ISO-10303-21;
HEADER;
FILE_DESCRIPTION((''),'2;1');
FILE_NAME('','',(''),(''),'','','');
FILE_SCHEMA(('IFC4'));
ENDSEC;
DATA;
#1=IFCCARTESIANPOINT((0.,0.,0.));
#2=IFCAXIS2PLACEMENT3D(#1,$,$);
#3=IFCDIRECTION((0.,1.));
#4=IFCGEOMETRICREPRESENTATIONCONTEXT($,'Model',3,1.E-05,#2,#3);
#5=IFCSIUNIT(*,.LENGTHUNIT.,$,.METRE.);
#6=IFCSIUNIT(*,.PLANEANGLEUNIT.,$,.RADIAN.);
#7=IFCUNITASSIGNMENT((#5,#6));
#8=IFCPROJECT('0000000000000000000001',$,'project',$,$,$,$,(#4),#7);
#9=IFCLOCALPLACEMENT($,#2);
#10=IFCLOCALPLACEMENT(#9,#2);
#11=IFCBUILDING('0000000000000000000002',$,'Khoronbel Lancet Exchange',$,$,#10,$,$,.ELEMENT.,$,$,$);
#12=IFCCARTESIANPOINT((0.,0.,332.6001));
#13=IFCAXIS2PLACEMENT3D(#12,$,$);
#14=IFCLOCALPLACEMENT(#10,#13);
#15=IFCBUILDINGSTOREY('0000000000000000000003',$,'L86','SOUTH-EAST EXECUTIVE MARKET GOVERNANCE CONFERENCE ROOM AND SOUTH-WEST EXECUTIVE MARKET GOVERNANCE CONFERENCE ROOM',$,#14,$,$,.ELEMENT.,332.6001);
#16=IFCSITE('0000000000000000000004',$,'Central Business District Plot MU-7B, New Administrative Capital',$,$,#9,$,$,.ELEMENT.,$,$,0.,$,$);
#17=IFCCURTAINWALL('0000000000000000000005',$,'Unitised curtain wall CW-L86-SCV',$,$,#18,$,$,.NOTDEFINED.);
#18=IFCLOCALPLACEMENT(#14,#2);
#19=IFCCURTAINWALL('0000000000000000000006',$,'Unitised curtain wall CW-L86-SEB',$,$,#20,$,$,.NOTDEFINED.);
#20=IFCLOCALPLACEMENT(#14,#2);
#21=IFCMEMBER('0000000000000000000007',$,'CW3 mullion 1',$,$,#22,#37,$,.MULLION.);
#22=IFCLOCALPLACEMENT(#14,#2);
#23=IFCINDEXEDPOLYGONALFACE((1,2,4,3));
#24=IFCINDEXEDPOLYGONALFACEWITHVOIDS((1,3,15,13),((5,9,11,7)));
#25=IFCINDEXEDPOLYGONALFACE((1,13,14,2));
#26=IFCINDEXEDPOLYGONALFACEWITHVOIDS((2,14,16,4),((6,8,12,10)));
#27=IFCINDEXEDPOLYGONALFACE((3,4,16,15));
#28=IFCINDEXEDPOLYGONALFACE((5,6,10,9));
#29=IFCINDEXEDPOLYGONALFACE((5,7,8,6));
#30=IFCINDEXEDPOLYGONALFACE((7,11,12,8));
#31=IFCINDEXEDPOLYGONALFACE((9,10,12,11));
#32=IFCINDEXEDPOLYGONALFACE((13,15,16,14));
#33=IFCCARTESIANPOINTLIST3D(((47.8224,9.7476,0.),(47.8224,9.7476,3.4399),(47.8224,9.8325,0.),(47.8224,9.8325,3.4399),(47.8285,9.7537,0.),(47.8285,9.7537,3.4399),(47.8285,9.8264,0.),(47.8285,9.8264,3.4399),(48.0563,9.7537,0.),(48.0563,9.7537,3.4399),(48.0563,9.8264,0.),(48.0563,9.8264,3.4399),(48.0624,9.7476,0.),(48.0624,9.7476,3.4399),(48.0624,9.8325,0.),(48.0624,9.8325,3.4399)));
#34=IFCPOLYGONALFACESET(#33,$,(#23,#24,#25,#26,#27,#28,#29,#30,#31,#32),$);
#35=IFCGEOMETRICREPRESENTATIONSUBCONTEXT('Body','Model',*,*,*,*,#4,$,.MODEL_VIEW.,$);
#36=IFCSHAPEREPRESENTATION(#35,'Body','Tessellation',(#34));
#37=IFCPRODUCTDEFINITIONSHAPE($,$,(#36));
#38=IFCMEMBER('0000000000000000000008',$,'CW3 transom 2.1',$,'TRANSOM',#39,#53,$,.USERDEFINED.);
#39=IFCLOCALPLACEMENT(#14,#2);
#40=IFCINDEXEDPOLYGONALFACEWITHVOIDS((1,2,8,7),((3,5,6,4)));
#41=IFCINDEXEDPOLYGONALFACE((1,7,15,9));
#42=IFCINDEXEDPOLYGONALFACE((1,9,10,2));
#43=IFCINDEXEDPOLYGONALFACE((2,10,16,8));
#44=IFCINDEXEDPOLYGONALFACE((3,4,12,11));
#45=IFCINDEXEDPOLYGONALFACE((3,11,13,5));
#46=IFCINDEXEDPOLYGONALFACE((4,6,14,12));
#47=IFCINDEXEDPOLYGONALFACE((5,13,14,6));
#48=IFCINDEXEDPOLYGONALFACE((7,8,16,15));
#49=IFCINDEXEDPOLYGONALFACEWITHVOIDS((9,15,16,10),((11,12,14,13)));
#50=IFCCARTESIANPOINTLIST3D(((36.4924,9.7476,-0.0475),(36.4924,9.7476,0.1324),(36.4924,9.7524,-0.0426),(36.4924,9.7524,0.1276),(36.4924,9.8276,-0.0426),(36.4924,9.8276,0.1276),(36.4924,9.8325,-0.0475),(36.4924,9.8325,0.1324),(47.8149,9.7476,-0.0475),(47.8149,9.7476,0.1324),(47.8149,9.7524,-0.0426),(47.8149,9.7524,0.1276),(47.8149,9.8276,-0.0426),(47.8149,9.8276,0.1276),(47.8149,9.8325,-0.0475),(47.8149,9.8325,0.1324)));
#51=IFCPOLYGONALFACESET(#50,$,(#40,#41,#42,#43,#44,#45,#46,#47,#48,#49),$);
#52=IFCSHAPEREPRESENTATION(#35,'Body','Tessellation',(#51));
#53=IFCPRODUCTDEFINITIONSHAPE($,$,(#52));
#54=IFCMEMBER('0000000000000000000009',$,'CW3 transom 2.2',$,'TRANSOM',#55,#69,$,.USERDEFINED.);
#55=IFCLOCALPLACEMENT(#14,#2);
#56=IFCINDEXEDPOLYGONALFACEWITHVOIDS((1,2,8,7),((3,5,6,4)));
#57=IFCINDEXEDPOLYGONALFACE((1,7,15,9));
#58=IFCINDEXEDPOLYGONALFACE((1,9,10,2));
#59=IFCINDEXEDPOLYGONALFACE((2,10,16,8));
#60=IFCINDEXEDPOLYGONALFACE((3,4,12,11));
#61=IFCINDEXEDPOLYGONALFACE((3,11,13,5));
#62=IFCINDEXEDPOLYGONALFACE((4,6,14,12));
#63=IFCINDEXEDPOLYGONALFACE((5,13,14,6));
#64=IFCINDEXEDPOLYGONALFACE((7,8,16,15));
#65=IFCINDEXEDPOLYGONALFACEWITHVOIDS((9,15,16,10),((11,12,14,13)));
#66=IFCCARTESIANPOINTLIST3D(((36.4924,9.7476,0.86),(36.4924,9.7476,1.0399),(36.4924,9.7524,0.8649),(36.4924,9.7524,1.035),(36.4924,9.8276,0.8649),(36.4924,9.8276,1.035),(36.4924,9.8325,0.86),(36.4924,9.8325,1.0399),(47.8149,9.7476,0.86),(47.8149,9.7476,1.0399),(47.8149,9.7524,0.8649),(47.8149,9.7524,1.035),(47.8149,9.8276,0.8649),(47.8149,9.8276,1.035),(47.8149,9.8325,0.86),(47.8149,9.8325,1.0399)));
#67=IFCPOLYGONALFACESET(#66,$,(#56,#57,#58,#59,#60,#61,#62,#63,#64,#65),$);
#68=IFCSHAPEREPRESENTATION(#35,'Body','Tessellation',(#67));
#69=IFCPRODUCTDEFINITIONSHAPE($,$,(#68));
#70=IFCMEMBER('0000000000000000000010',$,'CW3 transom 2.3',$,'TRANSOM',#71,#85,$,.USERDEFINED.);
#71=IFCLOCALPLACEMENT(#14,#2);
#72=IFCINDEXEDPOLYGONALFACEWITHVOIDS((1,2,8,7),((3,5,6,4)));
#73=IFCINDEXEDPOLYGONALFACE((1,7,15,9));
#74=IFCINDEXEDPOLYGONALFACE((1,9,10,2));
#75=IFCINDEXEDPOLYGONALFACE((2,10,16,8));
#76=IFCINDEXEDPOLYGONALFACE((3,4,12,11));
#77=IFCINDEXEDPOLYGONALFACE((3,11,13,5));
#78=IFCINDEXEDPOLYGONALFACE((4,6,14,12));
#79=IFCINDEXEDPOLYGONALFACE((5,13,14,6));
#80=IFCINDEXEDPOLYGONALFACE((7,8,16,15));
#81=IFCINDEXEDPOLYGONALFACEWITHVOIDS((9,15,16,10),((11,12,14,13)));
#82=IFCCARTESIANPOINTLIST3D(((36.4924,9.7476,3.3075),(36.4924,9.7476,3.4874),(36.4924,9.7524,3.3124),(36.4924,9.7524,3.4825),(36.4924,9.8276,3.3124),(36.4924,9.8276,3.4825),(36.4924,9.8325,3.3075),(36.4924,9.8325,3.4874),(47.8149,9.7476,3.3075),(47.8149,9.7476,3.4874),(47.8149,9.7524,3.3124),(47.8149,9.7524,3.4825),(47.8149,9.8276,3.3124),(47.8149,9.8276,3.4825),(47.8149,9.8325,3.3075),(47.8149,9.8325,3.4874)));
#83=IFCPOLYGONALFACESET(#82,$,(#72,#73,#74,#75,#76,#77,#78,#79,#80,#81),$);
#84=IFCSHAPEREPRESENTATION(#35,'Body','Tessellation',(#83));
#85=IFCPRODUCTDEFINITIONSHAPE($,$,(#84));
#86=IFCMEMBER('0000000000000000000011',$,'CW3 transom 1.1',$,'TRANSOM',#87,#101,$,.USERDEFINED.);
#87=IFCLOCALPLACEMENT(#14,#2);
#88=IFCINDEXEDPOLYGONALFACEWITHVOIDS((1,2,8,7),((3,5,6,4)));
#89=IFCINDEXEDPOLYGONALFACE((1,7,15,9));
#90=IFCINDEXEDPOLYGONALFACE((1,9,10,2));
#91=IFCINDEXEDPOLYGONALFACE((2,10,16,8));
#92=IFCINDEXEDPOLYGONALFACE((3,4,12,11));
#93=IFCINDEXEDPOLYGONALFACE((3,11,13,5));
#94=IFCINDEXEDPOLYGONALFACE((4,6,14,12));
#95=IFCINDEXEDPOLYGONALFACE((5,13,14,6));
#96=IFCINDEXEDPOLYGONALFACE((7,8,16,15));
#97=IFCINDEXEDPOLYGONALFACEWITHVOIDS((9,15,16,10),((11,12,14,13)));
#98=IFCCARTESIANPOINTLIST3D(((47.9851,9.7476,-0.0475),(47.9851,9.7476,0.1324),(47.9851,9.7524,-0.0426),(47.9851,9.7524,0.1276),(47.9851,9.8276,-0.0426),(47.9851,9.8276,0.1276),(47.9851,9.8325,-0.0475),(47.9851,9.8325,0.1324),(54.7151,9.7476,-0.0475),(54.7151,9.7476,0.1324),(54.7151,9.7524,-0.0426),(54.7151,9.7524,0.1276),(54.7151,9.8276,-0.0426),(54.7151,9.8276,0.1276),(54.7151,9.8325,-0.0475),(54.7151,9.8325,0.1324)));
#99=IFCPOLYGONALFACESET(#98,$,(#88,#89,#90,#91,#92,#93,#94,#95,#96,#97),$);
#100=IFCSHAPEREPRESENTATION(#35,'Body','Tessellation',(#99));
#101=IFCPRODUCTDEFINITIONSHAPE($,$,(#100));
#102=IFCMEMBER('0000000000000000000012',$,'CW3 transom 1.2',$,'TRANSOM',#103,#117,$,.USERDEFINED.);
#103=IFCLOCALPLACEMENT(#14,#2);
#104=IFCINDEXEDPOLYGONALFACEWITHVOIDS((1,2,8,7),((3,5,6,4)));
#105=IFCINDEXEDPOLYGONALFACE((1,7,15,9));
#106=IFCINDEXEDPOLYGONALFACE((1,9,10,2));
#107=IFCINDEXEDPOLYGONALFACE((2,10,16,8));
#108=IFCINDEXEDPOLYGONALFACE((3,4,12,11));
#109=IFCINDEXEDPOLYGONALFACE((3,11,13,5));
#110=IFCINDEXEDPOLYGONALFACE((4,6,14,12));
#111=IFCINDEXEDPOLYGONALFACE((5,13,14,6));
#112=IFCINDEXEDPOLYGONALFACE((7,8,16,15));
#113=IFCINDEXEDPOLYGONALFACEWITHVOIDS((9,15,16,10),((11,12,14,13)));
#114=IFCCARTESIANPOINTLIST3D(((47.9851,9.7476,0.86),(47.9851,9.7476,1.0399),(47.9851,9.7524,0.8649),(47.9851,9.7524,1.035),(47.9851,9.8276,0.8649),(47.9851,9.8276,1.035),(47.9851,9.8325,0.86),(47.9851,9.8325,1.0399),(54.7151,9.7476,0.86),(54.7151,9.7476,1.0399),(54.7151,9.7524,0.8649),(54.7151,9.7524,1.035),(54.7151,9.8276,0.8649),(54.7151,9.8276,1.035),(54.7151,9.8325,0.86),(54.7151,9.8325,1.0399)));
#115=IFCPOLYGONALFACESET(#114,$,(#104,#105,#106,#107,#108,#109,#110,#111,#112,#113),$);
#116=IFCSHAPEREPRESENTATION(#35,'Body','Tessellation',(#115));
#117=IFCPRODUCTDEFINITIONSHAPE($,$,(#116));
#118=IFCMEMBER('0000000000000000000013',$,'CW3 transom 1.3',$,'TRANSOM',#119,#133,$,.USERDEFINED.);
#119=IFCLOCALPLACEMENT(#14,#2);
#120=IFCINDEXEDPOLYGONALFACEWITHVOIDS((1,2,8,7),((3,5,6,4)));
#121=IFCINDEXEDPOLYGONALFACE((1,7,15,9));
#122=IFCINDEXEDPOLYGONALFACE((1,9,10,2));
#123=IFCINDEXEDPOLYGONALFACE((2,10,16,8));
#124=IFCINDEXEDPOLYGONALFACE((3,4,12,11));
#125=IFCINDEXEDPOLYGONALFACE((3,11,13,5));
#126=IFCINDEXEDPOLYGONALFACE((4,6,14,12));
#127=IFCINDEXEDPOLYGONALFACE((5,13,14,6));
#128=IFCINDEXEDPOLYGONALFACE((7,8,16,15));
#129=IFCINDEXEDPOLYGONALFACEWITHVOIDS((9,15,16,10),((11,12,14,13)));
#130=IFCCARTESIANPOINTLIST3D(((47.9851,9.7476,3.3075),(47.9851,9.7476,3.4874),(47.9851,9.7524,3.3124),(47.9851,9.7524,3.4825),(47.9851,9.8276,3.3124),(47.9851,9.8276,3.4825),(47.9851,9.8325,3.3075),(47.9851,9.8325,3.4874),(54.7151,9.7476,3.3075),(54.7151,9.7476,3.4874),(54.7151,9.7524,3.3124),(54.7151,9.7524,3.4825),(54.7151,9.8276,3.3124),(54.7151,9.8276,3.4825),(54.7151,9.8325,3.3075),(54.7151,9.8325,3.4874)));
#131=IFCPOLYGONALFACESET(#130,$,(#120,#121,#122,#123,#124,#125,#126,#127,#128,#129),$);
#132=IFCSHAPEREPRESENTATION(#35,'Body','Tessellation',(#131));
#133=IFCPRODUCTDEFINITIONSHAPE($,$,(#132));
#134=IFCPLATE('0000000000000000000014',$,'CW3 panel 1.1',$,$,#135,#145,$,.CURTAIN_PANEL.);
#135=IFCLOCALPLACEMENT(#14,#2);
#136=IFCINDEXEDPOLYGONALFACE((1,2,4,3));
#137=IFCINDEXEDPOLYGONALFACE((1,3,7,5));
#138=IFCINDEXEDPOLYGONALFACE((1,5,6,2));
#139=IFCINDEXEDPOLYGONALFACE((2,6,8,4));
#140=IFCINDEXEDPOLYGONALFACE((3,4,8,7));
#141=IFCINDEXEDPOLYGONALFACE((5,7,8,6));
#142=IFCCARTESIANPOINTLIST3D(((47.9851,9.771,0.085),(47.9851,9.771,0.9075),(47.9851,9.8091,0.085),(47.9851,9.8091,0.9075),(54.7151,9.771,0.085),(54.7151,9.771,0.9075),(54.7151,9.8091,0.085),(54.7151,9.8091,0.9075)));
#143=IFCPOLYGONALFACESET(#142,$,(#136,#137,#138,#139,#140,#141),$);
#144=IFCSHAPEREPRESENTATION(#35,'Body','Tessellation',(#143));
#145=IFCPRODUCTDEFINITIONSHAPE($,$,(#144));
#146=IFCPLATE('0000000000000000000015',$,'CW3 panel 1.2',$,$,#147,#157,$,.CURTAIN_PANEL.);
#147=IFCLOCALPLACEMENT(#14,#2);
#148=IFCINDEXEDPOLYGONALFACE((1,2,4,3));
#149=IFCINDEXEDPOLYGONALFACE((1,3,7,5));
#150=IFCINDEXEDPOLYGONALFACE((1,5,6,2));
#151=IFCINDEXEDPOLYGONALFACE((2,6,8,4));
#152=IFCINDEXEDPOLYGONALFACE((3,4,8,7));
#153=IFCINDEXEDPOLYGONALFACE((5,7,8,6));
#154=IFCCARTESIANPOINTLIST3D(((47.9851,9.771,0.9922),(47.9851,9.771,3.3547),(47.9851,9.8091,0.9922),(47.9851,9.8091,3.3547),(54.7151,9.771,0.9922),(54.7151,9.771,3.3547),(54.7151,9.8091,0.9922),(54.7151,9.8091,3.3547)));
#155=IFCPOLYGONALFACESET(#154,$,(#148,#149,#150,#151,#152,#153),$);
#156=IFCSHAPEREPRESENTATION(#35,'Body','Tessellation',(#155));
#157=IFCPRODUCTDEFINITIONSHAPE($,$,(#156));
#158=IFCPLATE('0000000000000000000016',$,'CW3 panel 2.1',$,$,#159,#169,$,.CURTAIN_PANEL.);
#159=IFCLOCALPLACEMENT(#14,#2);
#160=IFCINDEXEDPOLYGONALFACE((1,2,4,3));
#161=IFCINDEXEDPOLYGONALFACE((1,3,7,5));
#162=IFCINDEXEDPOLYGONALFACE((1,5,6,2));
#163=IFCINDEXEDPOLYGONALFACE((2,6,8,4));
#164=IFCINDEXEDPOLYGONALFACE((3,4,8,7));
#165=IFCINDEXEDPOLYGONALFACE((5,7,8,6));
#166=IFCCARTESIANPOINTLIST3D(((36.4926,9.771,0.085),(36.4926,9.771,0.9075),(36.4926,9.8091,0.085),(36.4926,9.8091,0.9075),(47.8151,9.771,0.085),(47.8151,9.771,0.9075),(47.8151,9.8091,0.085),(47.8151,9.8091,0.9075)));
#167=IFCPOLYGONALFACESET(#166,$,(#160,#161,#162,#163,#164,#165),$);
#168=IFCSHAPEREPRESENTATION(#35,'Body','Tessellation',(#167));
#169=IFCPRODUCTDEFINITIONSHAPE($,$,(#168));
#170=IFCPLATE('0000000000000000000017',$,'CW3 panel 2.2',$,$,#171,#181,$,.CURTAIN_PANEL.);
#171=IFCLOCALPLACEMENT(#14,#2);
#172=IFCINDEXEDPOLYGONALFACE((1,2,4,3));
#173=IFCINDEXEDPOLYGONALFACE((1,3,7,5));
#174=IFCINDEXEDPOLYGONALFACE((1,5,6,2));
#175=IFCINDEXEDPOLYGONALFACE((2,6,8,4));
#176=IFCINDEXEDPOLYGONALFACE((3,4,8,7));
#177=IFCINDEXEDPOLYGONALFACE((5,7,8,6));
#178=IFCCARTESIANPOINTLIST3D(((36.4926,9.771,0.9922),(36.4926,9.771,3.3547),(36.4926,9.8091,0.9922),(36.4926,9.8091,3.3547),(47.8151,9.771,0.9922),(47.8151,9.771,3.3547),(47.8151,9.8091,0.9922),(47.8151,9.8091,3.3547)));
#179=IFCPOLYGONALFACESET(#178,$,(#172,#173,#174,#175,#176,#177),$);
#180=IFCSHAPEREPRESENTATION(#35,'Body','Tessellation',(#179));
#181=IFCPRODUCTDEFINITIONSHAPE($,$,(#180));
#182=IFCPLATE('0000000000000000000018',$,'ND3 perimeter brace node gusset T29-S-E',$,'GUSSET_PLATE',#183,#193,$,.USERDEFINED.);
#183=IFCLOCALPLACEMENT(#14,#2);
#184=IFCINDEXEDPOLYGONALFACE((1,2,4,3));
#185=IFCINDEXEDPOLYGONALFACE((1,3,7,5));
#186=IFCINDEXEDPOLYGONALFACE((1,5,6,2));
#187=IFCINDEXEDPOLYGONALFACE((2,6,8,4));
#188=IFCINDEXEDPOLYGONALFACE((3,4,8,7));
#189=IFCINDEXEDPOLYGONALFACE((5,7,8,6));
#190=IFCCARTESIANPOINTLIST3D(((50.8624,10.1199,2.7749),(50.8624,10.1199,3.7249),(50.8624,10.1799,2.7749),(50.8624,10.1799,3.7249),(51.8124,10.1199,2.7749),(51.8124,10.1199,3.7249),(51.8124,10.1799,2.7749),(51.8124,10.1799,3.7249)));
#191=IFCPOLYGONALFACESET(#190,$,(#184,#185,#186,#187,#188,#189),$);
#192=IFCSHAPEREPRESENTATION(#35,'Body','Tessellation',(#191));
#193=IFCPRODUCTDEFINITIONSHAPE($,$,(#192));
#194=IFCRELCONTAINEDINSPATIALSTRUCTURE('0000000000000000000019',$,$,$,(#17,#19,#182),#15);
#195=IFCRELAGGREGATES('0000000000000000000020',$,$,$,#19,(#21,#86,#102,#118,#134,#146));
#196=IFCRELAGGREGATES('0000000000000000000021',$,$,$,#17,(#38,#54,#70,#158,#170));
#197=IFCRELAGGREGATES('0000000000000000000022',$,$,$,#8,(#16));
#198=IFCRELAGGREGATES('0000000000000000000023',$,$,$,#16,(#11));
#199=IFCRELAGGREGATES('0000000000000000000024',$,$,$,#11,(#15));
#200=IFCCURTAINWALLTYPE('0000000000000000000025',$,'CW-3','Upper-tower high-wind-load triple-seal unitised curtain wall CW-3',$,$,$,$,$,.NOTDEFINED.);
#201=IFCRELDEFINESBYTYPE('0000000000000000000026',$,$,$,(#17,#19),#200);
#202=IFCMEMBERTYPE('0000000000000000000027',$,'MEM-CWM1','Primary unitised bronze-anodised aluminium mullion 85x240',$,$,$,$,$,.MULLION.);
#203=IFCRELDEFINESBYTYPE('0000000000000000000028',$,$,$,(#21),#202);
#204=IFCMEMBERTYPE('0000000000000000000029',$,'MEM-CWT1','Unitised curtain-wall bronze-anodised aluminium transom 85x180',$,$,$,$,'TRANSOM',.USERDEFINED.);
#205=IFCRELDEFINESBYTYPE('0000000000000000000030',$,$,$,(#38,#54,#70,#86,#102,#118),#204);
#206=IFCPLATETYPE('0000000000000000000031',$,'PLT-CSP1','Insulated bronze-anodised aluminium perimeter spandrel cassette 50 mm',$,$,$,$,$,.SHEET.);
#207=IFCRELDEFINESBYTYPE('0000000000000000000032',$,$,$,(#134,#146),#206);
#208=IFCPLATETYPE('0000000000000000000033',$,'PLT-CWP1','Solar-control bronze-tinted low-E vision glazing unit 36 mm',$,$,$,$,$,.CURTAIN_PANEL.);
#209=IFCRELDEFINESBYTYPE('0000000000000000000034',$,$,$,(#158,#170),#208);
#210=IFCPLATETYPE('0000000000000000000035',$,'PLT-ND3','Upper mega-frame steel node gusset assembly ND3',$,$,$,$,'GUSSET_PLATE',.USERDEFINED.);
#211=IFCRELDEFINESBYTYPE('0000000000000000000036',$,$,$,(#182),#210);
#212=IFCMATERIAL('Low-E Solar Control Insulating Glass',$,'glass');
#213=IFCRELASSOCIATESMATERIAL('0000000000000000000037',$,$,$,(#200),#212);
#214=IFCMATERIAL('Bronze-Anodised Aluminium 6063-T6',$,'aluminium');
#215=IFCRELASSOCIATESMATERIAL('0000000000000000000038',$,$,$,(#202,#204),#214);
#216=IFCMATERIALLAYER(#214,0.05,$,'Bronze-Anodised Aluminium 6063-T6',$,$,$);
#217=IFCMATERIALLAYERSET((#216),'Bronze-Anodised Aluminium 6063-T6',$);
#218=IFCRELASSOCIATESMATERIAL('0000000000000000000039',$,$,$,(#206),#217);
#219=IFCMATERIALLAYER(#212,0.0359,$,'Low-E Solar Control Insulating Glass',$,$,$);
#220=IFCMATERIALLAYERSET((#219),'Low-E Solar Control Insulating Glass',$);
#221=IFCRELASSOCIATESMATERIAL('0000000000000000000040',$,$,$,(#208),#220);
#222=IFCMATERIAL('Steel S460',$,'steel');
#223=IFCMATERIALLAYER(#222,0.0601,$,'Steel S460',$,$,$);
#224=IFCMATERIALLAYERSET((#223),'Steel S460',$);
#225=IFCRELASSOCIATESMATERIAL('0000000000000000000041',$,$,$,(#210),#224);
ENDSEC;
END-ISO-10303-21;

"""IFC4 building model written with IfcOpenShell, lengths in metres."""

from ifc_helpers import new_model, si_unit, direction, frame, origin, origin_2d, place, context, subcontext, project, spatial, rectangle, hollow_rectangle, extrude, material, layer, layer_set, material_profile, profile_set, type_object, element, aggregate, save


model = new_model("IFC4")

# Units and contexts
model_context = context("Model", 3, precision=1e-05, world=origin(), true_north=direction((0.0, 1.0)))
body_context = subcontext(model_context, "Body", "Model", "MODEL_VIEW")
ifc_project = project(units=[si_unit("LENGTHUNIT", "METRE"), si_unit("PLANEANGLEUNIT", "RADIAN")], contexts=[model_context])

# Site, building, storey
site_placement = place(None, origin())
site = spatial("IfcSite", under=ifc_project, at=site_placement, Name="Central Business District Plot MU-7B, New Administrative Capital", CompositionType="ELEMENT", RefElevation=0.0)
building_placement = place(site_placement, origin())
building = spatial("IfcBuilding", under=site, at=building_placement, Name="Khoronbel Lancet Exchange", CompositionType="ELEMENT")
storey_placement = place(building_placement, frame((0.0, 0.0, 332.6001)))
storey = spatial("IfcBuildingStorey", under=building, at=storey_placement, Name="L86", Description="SOUTH-EAST EXECUTIVE MARKET GOVERNANCE CONFERENCE ROOM AND SOUTH-WEST EXECUTIVE MARKET GOVERNANCE CONFERENCE ROOM", CompositionType="ELEMENT", Elevation=332.6001)

# Shared definitions
ifc_material_1 = material(Name="Steel S460", Category="steel")

# Curtain wall
ifc_material_2 = material(Name="Low-E Solar Control Insulating Glass", Category="glass")
curtain_wall_type = type_object("IfcCurtainWallType", Name="CW-3", Description="Upper-tower high-wind-load triple-seal unitised curtain wall CW-3", PredefinedType="NOTDEFINED", material=ifc_material_2)
curtain_wall_1_placement = place(storey_placement, origin())
curtain_wall_1 = element("IfcCurtainWall", 1, at=curtain_wall_1_placement, inside=storey, type_object=curtain_wall_type, Name="Unitised curtain wall CW-L86-SCV", PredefinedType="NOTDEFINED")
ifc_material_3 = material(Name="Bronze-Anodised Aluminium 6063-T6", Category="aluminium")
ifc_material_profile_1 = material_profile(ifc_material_3, hollow_rectangle(XDim=0.085, YDim=0.24, WallThickness=0.0061, at=origin_2d()), Name="ALU MULLION 85x240")
ifc_profile_set_1 = profile_set([ifc_material_profile_1], Name="Bronze-Anodised Aluminium 6063-T6")
member_type_1 = type_object("IfcMemberType", Name="MEM-CWM1", Description="Primary unitised bronze-anodised aluminium mullion 85x240", PredefinedType="MULLION", material=ifc_profile_set_1)

# Curtain wall, member
curtain_wall_2_placement = place(storey_placement, origin())
curtain_wall_2 = element("IfcCurtainWall", 2, at=curtain_wall_2_placement, inside=storey, type_object=curtain_wall_type, Name="Unitised curtain wall CW-L86-SEB", PredefinedType="NOTDEFINED")
member_1_placement = place(storey_placement, frame((47.9424, 9.79, 0.0), z_axis=(0.0, 0.0, 1.0), x_axis=(0.0, 1.0, 0.0)))
member_1 = element("IfcMember", 3, at=member_1_placement, type_object=member_type_1, Name="CW3 mullion 1", PredefinedType="MULLION", context=body_context, shape_type="SweptSolid", body=[
    extrude(hollow_rectangle(XDim=0.085, YDim=0.24, WallThickness=0.0061, at=origin_2d()), origin(), (0.0, 0.0, 1.0), 3.4399),
])

# Members
ifc_material_profile_2 = material_profile(ifc_material_3, hollow_rectangle(XDim=0.085, YDim=0.1799, WallThickness=0.0049, at=origin_2d()), Name="ALU TRANSOM 85x180")
ifc_profile_set_2 = profile_set([ifc_material_profile_2], Name="Bronze-Anodised Aluminium 6063-T6")
member_type_2 = type_object("IfcMemberType", Name="MEM-CWT1", Description="Unitised curtain-wall bronze-anodised aluminium transom 85x180", ElementType="TRANSOM", PredefinedType="USERDEFINED", material=ifc_profile_set_2)
member_2_placement = place(storey_placement, frame((36.4924, 9.79, 0.0425), z_axis=(1.0, 0.0, 0.0), x_axis=(0.0, 1.0, 0.0)))
member_2 = element("IfcMember", 4, at=member_2_placement, type_object=member_type_2, Name="CW3 transom 2.1", ObjectType="TRANSOM", PredefinedType="USERDEFINED", context=body_context, shape_type="SweptSolid", body=[
    extrude(hollow_rectangle(XDim=0.085, YDim=0.1799, WallThickness=0.0049, at=origin_2d()), origin(), (0.0, 0.0, 1.0), 11.3225),
])
member_3_placement = place(storey_placement, frame((36.4924, 9.79, 0.95), z_axis=(1.0, 0.0, 0.0), x_axis=(0.0, 1.0, 0.0)))
member_3 = element("IfcMember", 5, at=member_3_placement, type_object=member_type_2, Name="CW3 transom 2.2", ObjectType="TRANSOM", PredefinedType="USERDEFINED", context=body_context, shape_type="SweptSolid", body=[
    extrude(hollow_rectangle(XDim=0.085, YDim=0.1799, WallThickness=0.0049, at=origin_2d()), origin(), (0.0, 0.0, 1.0), 11.3225),
])
member_4_placement = place(storey_placement, frame((36.4924, 9.79, 3.3975), z_axis=(1.0, 0.0, 0.0), x_axis=(0.0, 1.0, 0.0)))
member_4 = element("IfcMember", 6, at=member_4_placement, type_object=member_type_2, Name="CW3 transom 2.3", ObjectType="TRANSOM", PredefinedType="USERDEFINED", context=body_context, shape_type="SweptSolid", body=[
    extrude(hollow_rectangle(XDim=0.085, YDim=0.1799, WallThickness=0.0049, at=origin_2d()), origin(), (0.0, 0.0, 1.0), 11.3225),
])
member_5_placement = place(storey_placement, frame((47.9851, 9.79, 0.0425), z_axis=(1.0, 0.0, 0.0), x_axis=(0.0, 1.0, 0.0)))
member_5 = element("IfcMember", 7, at=member_5_placement, type_object=member_type_2, Name="CW3 transom 1.1", ObjectType="TRANSOM", PredefinedType="USERDEFINED", context=body_context, shape_type="SweptSolid", body=[
    extrude(hollow_rectangle(XDim=0.085, YDim=0.1799, WallThickness=0.0049, at=origin_2d()), origin(), (0.0, 0.0, 1.0), 6.73),
])
member_6_placement = place(storey_placement, frame((47.9851, 9.79, 0.95), z_axis=(1.0, 0.0, 0.0), x_axis=(0.0, 1.0, 0.0)))
member_6 = element("IfcMember", 8, at=member_6_placement, type_object=member_type_2, Name="CW3 transom 1.2", ObjectType="TRANSOM", PredefinedType="USERDEFINED", context=body_context, shape_type="SweptSolid", body=[
    extrude(hollow_rectangle(XDim=0.085, YDim=0.1799, WallThickness=0.0049, at=origin_2d()), origin(), (0.0, 0.0, 1.0), 6.73),
])
member_7_placement = place(storey_placement, frame((47.9851, 9.79, 3.3975), z_axis=(1.0, 0.0, 0.0), x_axis=(0.0, 1.0, 0.0)))
member_7 = element("IfcMember", 9, at=member_7_placement, type_object=member_type_2, Name="CW3 transom 1.3", ObjectType="TRANSOM", PredefinedType="USERDEFINED", context=body_context, shape_type="SweptSolid", body=[
    extrude(hollow_rectangle(XDim=0.085, YDim=0.1799, WallThickness=0.0049, at=origin_2d()), origin(), (0.0, 0.0, 1.0), 6.73),
])

# Plates
ifc_layer_1 = layer(ifc_material_3, 0.05, Name="Bronze-Anodised Aluminium 6063-T6")
ifc_layer_set_1 = layer_set([ifc_layer_1], Name="Bronze-Anodised Aluminium 6063-T6")
plate_type_1 = type_object("IfcPlateType", Name="PLT-CSP1", Description="Insulated bronze-anodised aluminium perimeter spandrel cassette 50 mm", PredefinedType="SHEET", material=ifc_layer_set_1)
plate_1_placement = place(storey_placement, frame((51.3501, 9.79, 0.085), z_axis=(0.0, 0.0, 1.0), x_axis=(1.0, 0.0, 0.0)))
plate_1 = element("IfcPlate", 10, at=plate_1_placement, type_object=plate_type_1, Name="CW3 panel 1.1", PredefinedType="CURTAIN_PANEL", context=body_context, shape_type="SweptSolid", body=[
    extrude(rectangle(XDim=6.73, YDim=0.0381, at=origin_2d()), origin(), (0.0, 0.0, 1.0), 0.8225),
])
plate_2_placement = place(storey_placement, frame((51.3501, 9.79, 0.9922), z_axis=(0.0, 0.0, 1.0), x_axis=(1.0, 0.0, 0.0)))
plate_2 = element("IfcPlate", 11, at=plate_2_placement, type_object=plate_type_1, Name="CW3 panel 1.2", PredefinedType="CURTAIN_PANEL", context=body_context, shape_type="SweptSolid", body=[
    extrude(rectangle(XDim=6.73, YDim=0.0381, at=origin_2d()), origin(), (0.0, 0.0, 1.0), 2.3625),
])
aggregate(curtain_wall_2, [member_1, member_5, member_6, member_7, plate_1, plate_2])
ifc_layer_2 = layer(ifc_material_2, 0.0359, Name="Low-E Solar Control Insulating Glass")
ifc_layer_set_2 = layer_set([ifc_layer_2], Name="Low-E Solar Control Insulating Glass")
plate_type_2 = type_object("IfcPlateType", Name="PLT-CWP1", Description="Solar-control bronze-tinted low-E vision glazing unit 36 mm", PredefinedType="CURTAIN_PANEL", material=ifc_layer_set_2)
plate_3_placement = place(storey_placement, frame((42.1538, 9.79, 0.085), z_axis=(0.0, 0.0, 1.0), x_axis=(1.0, 0.0, 0.0)))
plate_3 = element("IfcPlate", 12, at=plate_3_placement, type_object=plate_type_2, Name="CW3 panel 2.1", PredefinedType="CURTAIN_PANEL", context=body_context, shape_type="SweptSolid", body=[
    extrude(rectangle(XDim=11.3225, YDim=0.0381, at=origin_2d()), origin(), (0.0, 0.0, 1.0), 0.8225),
])
plate_4_placement = place(storey_placement, frame((42.1538, 9.79, 0.9922), z_axis=(0.0, 0.0, 1.0), x_axis=(1.0, 0.0, 0.0)))
plate_4 = element("IfcPlate", 13, at=plate_4_placement, type_object=plate_type_2, Name="CW3 panel 2.2", PredefinedType="CURTAIN_PANEL", context=body_context, shape_type="SweptSolid", body=[
    extrude(rectangle(XDim=11.3225, YDim=0.0381, at=origin_2d()), origin(), (0.0, 0.0, 1.0), 2.3625),
])
aggregate(curtain_wall_1, [member_2, member_3, member_4, plate_3, plate_4])
ifc_layer_3 = layer(ifc_material_1, 0.0601, Name="Steel S460")
ifc_layer_set_3 = layer_set([ifc_layer_3], Name="Steel S460")
plate_type_3 = type_object("IfcPlateType", Name="PLT-ND3", Description="Upper mega-frame steel node gusset assembly ND3", ElementType="GUSSET_PLATE", PredefinedType="USERDEFINED", material=ifc_layer_set_3)
plate_5_placement = place(storey_placement, frame((51.3374, 10.1499, 2.7749), z_axis=(0.0, 0.0, 1.0), x_axis=(1.0, 0.0, 0.0)))
element("IfcPlate", 14, at=plate_5_placement, inside=storey, type_object=plate_type_3, Name="ND3 perimeter brace node gusset T29-S-E", ObjectType="GUSSET_PLATE", PredefinedType="USERDEFINED", context=body_context, shape_type="SweptSolid", body=[
    extrude(rectangle(XDim=0.95, YDim=0.0601, at=origin_2d()), origin(), (0.0, 0.0, 1.0), 0.95),
])

save(model, "model.ifc")
